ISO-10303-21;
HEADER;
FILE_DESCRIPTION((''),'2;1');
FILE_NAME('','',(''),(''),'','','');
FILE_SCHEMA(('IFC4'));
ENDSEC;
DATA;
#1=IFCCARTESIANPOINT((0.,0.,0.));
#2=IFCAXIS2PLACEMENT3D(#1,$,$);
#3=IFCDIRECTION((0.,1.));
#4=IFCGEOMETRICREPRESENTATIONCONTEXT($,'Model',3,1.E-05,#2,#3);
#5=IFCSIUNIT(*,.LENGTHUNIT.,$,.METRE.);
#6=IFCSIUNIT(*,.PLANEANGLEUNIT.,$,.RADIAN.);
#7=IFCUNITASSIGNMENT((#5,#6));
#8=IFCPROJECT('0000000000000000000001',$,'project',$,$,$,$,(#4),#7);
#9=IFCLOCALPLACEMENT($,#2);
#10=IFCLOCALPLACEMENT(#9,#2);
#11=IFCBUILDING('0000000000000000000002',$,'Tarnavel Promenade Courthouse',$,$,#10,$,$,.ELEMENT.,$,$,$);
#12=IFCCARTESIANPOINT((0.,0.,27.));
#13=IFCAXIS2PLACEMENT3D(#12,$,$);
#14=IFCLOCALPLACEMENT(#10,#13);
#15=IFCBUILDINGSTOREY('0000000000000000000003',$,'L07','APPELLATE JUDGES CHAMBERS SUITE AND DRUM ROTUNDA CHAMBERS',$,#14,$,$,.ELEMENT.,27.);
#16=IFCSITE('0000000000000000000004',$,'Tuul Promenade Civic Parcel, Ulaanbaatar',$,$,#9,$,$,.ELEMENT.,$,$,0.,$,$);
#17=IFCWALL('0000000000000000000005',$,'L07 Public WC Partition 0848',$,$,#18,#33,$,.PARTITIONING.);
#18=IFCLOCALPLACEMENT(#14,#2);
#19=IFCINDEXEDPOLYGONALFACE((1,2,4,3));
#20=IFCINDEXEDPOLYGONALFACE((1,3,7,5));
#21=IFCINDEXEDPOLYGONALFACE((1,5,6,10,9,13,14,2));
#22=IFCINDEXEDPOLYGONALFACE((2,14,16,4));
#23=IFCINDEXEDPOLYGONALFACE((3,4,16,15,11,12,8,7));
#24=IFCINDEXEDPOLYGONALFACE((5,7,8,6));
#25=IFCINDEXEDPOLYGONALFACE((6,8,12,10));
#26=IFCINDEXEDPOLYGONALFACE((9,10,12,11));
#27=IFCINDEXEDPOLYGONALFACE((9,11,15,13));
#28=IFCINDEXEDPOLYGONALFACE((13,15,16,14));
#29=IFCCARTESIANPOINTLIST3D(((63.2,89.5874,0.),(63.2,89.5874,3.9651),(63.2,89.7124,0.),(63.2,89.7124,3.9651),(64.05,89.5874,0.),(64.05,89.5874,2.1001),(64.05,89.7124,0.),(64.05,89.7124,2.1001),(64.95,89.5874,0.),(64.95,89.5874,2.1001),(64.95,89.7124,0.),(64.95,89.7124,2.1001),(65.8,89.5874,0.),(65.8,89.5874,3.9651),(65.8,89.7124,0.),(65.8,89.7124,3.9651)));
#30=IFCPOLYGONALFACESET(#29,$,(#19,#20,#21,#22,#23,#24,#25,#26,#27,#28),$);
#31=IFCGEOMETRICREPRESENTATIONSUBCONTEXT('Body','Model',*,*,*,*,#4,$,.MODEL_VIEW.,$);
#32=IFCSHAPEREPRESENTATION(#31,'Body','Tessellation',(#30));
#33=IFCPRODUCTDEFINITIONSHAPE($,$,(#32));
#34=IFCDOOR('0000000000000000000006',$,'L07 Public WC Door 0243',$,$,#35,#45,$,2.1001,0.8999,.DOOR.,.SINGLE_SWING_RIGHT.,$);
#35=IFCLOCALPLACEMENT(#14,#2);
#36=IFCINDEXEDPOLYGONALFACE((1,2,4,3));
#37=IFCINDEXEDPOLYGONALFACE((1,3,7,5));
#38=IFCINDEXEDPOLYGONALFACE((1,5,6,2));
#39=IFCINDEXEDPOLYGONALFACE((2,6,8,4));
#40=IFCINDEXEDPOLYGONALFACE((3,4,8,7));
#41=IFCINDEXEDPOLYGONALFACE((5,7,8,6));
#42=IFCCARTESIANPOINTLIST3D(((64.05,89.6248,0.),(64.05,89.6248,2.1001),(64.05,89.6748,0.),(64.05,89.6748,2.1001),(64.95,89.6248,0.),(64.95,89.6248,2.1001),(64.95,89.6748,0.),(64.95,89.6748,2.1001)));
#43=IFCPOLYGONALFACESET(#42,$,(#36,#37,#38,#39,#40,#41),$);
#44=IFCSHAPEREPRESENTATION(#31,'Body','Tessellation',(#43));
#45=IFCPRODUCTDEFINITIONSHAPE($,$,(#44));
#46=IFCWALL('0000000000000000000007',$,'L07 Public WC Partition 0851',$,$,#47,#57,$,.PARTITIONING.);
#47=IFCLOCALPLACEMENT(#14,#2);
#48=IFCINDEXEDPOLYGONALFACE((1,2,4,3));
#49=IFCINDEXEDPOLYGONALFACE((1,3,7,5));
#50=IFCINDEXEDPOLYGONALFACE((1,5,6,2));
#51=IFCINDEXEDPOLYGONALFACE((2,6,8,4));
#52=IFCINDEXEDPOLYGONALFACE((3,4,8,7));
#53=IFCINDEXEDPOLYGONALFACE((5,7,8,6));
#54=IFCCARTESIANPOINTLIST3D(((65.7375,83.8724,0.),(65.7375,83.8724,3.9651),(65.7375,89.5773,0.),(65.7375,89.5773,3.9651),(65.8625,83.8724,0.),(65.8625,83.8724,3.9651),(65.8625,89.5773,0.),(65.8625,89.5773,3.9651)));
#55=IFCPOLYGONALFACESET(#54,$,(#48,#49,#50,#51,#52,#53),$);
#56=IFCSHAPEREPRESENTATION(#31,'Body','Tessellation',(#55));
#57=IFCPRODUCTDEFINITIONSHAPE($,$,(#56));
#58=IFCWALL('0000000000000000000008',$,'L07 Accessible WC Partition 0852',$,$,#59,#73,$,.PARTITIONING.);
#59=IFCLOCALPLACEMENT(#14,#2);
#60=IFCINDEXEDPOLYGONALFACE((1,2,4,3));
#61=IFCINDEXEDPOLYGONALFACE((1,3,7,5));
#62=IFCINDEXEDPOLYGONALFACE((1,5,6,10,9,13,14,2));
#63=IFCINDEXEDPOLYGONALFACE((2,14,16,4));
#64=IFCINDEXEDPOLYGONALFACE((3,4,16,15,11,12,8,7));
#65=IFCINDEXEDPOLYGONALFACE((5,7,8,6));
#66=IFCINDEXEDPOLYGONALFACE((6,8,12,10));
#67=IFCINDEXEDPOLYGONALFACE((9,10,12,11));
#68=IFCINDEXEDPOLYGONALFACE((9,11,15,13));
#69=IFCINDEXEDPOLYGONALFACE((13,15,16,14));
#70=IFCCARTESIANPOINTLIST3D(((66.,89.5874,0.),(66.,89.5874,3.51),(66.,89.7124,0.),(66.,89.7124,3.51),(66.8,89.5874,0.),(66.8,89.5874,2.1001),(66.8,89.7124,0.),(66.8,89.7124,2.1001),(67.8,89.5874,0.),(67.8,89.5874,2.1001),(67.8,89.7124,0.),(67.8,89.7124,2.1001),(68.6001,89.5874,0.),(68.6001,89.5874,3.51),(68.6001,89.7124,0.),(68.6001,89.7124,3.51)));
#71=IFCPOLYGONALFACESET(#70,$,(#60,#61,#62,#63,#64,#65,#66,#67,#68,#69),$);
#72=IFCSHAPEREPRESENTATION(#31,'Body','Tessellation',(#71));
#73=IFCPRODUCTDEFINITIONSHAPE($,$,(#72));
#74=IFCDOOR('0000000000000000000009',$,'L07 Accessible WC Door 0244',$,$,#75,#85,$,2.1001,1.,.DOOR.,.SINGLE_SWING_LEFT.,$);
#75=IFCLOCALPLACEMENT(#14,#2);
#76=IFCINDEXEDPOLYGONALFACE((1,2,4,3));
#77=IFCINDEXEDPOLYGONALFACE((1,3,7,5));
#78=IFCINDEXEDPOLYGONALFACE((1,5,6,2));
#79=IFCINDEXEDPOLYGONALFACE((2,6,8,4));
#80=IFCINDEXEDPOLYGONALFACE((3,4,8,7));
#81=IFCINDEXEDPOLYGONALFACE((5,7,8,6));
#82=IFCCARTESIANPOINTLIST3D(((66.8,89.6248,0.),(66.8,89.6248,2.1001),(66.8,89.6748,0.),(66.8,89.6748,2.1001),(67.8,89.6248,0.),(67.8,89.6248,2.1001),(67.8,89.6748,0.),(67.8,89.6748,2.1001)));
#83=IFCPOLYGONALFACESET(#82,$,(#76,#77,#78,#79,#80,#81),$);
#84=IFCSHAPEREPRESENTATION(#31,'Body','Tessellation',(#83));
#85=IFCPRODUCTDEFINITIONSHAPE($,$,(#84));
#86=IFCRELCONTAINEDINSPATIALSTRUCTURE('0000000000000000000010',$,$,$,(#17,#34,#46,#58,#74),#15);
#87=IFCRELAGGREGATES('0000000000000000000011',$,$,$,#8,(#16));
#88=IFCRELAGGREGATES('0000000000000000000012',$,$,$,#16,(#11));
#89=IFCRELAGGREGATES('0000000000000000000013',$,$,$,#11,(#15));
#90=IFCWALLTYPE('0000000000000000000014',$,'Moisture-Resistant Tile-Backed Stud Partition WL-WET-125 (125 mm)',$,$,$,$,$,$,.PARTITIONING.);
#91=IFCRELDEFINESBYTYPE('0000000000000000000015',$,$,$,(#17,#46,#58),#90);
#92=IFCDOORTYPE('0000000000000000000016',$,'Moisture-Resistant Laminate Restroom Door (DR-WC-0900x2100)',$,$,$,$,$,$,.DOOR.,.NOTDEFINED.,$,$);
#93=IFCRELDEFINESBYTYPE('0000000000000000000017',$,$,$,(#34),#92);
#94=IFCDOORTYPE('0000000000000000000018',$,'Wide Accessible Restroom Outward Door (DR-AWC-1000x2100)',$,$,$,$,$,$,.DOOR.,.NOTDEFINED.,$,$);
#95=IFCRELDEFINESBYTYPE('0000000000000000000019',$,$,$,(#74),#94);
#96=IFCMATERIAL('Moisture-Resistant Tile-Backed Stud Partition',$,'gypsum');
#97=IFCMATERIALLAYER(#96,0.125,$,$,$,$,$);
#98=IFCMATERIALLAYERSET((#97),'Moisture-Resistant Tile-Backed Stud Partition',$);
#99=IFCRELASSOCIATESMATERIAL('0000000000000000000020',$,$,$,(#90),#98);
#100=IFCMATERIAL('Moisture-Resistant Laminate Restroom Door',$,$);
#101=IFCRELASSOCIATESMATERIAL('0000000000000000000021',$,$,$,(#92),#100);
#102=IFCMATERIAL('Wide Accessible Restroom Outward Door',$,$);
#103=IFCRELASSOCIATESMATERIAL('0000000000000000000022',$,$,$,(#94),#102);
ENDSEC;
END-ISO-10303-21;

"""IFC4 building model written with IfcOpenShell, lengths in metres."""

from ifc_helpers import new_model, si_unit, direction, frame, frame_2d, origin, place, context, subcontext, project, spatial, rectangle, extrude, material, layer, layer_set, type_object, element, fill, save


model = new_model("IFC4")

# Units and contexts
model_context = context("Model", 3, precision=1e-05, world=origin(), true_north=direction((0.0, 1.0)))
body_context = subcontext(model_context, "Body", "Model", "MODEL_VIEW")
ifc_project = project(units=[si_unit("LENGTHUNIT", "METRE"), si_unit("PLANEANGLEUNIT", "RADIAN")], contexts=[model_context])

# Site, building, storey
site_placement = place(None, origin())
site = spatial("IfcSite", under=ifc_project, at=site_placement, Name="Tuul Promenade Civic Parcel, Ulaanbaatar", CompositionType="ELEMENT", RefElevation=0.0)
building_placement = place(site_placement, origin())
building = spatial("IfcBuilding", under=site, at=building_placement, Name="Tarnavel Promenade Courthouse", CompositionType="ELEMENT")
storey_placement = place(building_placement, frame((0.0, 0.0, 27.0)))
storey = spatial("IfcBuildingStorey", under=building, at=storey_placement, Name="L07", Description="APPELLATE JUDGES CHAMBERS SUITE AND DRUM ROTUNDA CHAMBERS", CompositionType="ELEMENT", Elevation=27.0)

# Wall, opening, door
ifc_material_1 = material(Name="Moisture-Resistant Tile-Backed Stud Partition", Category="gypsum")
ifc_layer_1 = layer(ifc_material_1, 0.125)
ifc_layer_set_1 = layer_set([ifc_layer_1], Name="Moisture-Resistant Tile-Backed Stud Partition")
wall_type_1 = type_object("IfcWallType", Name="Moisture-Resistant Tile-Backed Stud Partition WL-WET-125 (125 mm)", PredefinedType="PARTITIONING", material=ifc_layer_set_1)
wall_1_placement = place(storey_placement, frame((63.2, 89.6499, 0.0), z_axis=(0.0, 0.0, 1.0), x_axis=(1.0, 0.0, 0.0)))
wall_1 = element("IfcWall", 1, at=wall_1_placement, inside=storey, type_object=wall_type_1, Name="L07 Public WC Partition 0848", PredefinedType="PARTITIONING", context=body_context, shape_type="SweptSolid", body=[
    extrude(rectangle(XDim=2.6001, YDim=0.125, at=frame_2d((1.3, 0.0))), origin(), (0.0, 0.0, 1.0), 3.9651),
])
opening_1_placement = place(wall_1_placement, frame((0.8501, 0.0, 0.0)))
opening_1 = element("IfcOpeningElement", 2, at=opening_1_placement, cuts=wall_1, PredefinedType="OPENING", context=body_context, shape_type="SweptSolid", body=[
    extrude(rectangle(XDim=0.8999, YDim=2.1001, at=frame_2d((0.45, 1.05))), frame((0.0, 0.0725, 0.0), z_axis=(0.0, -1.0, 0.0), x_axis=(1.0, 0.0, 0.0)), (0.0, 0.0, 1.0), 0.145),
])
ifc_material_2 = material(Name="Moisture-Resistant Laminate Restroom Door")
door_type_1 = type_object("IfcDoorType", Name="Moisture-Resistant Laminate Restroom Door (DR-WC-0900x2100)", OperationType="NOTDEFINED", PredefinedType="DOOR", material=ifc_material_2)
door_1_placement = place(opening_1_placement, origin())
door_1 = element("IfcDoor", 3, at=door_1_placement, inside=storey, type_object=door_type_1, Name="L07 Public WC Door 0243", OperationType="SINGLE_SWING_RIGHT", OverallHeight=2.1001, OverallWidth=0.8999, PredefinedType="DOOR", context=body_context, shape_type="SweptSolid", body=[
    extrude(rectangle(XDim=0.8999, YDim=2.1001, at=frame_2d((0.45, 1.05))), frame((0.0, 0.0249, 0.0), z_axis=(0.0, -1.0, 0.0), x_axis=(1.0, 0.0, 0.0)), (0.0, 0.0, 1.0), 0.05),
])
fill(opening_1, door_1)

# Wall
wall_2_placement = place(storey_placement, frame((65.8, 89.5774, 0.0), z_axis=(0.0, 0.0, 1.0), x_axis=(0.0, -1.0, 0.0)))
element("IfcWall", 4, at=wall_2_placement, inside=storey, type_object=wall_type_1, Name="L07 Public WC Partition 0851", PredefinedType="PARTITIONING", context=body_context, shape_type="SweptSolid", body=[
    extrude(rectangle(XDim=5.7048, YDim=0.125, at=frame_2d((2.8525, 0.0))), origin(), (0.0, 0.0, 1.0), 3.9651),
])

# Wall, opening, door
wall_3_placement = place(storey_placement, frame((66.0, 89.6499, 0.0), z_axis=(0.0, 0.0, 1.0), x_axis=(1.0, 0.0, 0.0)))
wall_3 = element("IfcWall", 5, at=wall_3_placement, inside=storey, type_object=wall_type_1, Name="L07 Accessible WC Partition 0852", PredefinedType="PARTITIONING", context=body_context, shape_type="SweptSolid", body=[
    extrude(rectangle(XDim=2.6001, YDim=0.125, at=frame_2d((1.3, 0.0))), origin(), (0.0, 0.0, 1.0), 3.51),
])
opening_2_placement = place(wall_3_placement, frame((0.8, 0.0, 0.0)))
opening_2 = element("IfcOpeningElement", 6, at=opening_2_placement, cuts=wall_3, PredefinedType="OPENING", context=body_context, shape_type="SweptSolid", body=[
    extrude(rectangle(XDim=1.0, YDim=2.1001, at=frame_2d((0.5, 1.05))), frame((0.0, 0.0725, 0.0), z_axis=(0.0, -1.0, 0.0), x_axis=(1.0, 0.0, 0.0)), (0.0, 0.0, 1.0), 0.145),
])
ifc_material_3 = material(Name="Wide Accessible Restroom Outward Door")
door_type_2 = type_object("IfcDoorType", Name="Wide Accessible Restroom Outward Door (DR-AWC-1000x2100)", OperationType="NOTDEFINED", PredefinedType="DOOR", material=ifc_material_3)
door_2_placement = place(opening_2_placement, origin())
door_2 = element("IfcDoor", 7, at=door_2_placement, inside=storey, type_object=door_type_2, Name="L07 Accessible WC Door 0244", OperationType="SINGLE_SWING_LEFT", OverallHeight=2.1001, OverallWidth=1.0, PredefinedType="DOOR", context=body_context, shape_type="SweptSolid", body=[
    extrude(rectangle(XDim=1.0, YDim=2.1001, at=frame_2d((0.5, 1.05))), frame((0.0, 0.0249, 0.0), z_axis=(0.0, -1.0, 0.0), x_axis=(1.0, 0.0, 0.0)), (0.0, 0.0, 1.0), 0.05),
])
fill(opening_2, door_2)

save(model, "model.ifc")
